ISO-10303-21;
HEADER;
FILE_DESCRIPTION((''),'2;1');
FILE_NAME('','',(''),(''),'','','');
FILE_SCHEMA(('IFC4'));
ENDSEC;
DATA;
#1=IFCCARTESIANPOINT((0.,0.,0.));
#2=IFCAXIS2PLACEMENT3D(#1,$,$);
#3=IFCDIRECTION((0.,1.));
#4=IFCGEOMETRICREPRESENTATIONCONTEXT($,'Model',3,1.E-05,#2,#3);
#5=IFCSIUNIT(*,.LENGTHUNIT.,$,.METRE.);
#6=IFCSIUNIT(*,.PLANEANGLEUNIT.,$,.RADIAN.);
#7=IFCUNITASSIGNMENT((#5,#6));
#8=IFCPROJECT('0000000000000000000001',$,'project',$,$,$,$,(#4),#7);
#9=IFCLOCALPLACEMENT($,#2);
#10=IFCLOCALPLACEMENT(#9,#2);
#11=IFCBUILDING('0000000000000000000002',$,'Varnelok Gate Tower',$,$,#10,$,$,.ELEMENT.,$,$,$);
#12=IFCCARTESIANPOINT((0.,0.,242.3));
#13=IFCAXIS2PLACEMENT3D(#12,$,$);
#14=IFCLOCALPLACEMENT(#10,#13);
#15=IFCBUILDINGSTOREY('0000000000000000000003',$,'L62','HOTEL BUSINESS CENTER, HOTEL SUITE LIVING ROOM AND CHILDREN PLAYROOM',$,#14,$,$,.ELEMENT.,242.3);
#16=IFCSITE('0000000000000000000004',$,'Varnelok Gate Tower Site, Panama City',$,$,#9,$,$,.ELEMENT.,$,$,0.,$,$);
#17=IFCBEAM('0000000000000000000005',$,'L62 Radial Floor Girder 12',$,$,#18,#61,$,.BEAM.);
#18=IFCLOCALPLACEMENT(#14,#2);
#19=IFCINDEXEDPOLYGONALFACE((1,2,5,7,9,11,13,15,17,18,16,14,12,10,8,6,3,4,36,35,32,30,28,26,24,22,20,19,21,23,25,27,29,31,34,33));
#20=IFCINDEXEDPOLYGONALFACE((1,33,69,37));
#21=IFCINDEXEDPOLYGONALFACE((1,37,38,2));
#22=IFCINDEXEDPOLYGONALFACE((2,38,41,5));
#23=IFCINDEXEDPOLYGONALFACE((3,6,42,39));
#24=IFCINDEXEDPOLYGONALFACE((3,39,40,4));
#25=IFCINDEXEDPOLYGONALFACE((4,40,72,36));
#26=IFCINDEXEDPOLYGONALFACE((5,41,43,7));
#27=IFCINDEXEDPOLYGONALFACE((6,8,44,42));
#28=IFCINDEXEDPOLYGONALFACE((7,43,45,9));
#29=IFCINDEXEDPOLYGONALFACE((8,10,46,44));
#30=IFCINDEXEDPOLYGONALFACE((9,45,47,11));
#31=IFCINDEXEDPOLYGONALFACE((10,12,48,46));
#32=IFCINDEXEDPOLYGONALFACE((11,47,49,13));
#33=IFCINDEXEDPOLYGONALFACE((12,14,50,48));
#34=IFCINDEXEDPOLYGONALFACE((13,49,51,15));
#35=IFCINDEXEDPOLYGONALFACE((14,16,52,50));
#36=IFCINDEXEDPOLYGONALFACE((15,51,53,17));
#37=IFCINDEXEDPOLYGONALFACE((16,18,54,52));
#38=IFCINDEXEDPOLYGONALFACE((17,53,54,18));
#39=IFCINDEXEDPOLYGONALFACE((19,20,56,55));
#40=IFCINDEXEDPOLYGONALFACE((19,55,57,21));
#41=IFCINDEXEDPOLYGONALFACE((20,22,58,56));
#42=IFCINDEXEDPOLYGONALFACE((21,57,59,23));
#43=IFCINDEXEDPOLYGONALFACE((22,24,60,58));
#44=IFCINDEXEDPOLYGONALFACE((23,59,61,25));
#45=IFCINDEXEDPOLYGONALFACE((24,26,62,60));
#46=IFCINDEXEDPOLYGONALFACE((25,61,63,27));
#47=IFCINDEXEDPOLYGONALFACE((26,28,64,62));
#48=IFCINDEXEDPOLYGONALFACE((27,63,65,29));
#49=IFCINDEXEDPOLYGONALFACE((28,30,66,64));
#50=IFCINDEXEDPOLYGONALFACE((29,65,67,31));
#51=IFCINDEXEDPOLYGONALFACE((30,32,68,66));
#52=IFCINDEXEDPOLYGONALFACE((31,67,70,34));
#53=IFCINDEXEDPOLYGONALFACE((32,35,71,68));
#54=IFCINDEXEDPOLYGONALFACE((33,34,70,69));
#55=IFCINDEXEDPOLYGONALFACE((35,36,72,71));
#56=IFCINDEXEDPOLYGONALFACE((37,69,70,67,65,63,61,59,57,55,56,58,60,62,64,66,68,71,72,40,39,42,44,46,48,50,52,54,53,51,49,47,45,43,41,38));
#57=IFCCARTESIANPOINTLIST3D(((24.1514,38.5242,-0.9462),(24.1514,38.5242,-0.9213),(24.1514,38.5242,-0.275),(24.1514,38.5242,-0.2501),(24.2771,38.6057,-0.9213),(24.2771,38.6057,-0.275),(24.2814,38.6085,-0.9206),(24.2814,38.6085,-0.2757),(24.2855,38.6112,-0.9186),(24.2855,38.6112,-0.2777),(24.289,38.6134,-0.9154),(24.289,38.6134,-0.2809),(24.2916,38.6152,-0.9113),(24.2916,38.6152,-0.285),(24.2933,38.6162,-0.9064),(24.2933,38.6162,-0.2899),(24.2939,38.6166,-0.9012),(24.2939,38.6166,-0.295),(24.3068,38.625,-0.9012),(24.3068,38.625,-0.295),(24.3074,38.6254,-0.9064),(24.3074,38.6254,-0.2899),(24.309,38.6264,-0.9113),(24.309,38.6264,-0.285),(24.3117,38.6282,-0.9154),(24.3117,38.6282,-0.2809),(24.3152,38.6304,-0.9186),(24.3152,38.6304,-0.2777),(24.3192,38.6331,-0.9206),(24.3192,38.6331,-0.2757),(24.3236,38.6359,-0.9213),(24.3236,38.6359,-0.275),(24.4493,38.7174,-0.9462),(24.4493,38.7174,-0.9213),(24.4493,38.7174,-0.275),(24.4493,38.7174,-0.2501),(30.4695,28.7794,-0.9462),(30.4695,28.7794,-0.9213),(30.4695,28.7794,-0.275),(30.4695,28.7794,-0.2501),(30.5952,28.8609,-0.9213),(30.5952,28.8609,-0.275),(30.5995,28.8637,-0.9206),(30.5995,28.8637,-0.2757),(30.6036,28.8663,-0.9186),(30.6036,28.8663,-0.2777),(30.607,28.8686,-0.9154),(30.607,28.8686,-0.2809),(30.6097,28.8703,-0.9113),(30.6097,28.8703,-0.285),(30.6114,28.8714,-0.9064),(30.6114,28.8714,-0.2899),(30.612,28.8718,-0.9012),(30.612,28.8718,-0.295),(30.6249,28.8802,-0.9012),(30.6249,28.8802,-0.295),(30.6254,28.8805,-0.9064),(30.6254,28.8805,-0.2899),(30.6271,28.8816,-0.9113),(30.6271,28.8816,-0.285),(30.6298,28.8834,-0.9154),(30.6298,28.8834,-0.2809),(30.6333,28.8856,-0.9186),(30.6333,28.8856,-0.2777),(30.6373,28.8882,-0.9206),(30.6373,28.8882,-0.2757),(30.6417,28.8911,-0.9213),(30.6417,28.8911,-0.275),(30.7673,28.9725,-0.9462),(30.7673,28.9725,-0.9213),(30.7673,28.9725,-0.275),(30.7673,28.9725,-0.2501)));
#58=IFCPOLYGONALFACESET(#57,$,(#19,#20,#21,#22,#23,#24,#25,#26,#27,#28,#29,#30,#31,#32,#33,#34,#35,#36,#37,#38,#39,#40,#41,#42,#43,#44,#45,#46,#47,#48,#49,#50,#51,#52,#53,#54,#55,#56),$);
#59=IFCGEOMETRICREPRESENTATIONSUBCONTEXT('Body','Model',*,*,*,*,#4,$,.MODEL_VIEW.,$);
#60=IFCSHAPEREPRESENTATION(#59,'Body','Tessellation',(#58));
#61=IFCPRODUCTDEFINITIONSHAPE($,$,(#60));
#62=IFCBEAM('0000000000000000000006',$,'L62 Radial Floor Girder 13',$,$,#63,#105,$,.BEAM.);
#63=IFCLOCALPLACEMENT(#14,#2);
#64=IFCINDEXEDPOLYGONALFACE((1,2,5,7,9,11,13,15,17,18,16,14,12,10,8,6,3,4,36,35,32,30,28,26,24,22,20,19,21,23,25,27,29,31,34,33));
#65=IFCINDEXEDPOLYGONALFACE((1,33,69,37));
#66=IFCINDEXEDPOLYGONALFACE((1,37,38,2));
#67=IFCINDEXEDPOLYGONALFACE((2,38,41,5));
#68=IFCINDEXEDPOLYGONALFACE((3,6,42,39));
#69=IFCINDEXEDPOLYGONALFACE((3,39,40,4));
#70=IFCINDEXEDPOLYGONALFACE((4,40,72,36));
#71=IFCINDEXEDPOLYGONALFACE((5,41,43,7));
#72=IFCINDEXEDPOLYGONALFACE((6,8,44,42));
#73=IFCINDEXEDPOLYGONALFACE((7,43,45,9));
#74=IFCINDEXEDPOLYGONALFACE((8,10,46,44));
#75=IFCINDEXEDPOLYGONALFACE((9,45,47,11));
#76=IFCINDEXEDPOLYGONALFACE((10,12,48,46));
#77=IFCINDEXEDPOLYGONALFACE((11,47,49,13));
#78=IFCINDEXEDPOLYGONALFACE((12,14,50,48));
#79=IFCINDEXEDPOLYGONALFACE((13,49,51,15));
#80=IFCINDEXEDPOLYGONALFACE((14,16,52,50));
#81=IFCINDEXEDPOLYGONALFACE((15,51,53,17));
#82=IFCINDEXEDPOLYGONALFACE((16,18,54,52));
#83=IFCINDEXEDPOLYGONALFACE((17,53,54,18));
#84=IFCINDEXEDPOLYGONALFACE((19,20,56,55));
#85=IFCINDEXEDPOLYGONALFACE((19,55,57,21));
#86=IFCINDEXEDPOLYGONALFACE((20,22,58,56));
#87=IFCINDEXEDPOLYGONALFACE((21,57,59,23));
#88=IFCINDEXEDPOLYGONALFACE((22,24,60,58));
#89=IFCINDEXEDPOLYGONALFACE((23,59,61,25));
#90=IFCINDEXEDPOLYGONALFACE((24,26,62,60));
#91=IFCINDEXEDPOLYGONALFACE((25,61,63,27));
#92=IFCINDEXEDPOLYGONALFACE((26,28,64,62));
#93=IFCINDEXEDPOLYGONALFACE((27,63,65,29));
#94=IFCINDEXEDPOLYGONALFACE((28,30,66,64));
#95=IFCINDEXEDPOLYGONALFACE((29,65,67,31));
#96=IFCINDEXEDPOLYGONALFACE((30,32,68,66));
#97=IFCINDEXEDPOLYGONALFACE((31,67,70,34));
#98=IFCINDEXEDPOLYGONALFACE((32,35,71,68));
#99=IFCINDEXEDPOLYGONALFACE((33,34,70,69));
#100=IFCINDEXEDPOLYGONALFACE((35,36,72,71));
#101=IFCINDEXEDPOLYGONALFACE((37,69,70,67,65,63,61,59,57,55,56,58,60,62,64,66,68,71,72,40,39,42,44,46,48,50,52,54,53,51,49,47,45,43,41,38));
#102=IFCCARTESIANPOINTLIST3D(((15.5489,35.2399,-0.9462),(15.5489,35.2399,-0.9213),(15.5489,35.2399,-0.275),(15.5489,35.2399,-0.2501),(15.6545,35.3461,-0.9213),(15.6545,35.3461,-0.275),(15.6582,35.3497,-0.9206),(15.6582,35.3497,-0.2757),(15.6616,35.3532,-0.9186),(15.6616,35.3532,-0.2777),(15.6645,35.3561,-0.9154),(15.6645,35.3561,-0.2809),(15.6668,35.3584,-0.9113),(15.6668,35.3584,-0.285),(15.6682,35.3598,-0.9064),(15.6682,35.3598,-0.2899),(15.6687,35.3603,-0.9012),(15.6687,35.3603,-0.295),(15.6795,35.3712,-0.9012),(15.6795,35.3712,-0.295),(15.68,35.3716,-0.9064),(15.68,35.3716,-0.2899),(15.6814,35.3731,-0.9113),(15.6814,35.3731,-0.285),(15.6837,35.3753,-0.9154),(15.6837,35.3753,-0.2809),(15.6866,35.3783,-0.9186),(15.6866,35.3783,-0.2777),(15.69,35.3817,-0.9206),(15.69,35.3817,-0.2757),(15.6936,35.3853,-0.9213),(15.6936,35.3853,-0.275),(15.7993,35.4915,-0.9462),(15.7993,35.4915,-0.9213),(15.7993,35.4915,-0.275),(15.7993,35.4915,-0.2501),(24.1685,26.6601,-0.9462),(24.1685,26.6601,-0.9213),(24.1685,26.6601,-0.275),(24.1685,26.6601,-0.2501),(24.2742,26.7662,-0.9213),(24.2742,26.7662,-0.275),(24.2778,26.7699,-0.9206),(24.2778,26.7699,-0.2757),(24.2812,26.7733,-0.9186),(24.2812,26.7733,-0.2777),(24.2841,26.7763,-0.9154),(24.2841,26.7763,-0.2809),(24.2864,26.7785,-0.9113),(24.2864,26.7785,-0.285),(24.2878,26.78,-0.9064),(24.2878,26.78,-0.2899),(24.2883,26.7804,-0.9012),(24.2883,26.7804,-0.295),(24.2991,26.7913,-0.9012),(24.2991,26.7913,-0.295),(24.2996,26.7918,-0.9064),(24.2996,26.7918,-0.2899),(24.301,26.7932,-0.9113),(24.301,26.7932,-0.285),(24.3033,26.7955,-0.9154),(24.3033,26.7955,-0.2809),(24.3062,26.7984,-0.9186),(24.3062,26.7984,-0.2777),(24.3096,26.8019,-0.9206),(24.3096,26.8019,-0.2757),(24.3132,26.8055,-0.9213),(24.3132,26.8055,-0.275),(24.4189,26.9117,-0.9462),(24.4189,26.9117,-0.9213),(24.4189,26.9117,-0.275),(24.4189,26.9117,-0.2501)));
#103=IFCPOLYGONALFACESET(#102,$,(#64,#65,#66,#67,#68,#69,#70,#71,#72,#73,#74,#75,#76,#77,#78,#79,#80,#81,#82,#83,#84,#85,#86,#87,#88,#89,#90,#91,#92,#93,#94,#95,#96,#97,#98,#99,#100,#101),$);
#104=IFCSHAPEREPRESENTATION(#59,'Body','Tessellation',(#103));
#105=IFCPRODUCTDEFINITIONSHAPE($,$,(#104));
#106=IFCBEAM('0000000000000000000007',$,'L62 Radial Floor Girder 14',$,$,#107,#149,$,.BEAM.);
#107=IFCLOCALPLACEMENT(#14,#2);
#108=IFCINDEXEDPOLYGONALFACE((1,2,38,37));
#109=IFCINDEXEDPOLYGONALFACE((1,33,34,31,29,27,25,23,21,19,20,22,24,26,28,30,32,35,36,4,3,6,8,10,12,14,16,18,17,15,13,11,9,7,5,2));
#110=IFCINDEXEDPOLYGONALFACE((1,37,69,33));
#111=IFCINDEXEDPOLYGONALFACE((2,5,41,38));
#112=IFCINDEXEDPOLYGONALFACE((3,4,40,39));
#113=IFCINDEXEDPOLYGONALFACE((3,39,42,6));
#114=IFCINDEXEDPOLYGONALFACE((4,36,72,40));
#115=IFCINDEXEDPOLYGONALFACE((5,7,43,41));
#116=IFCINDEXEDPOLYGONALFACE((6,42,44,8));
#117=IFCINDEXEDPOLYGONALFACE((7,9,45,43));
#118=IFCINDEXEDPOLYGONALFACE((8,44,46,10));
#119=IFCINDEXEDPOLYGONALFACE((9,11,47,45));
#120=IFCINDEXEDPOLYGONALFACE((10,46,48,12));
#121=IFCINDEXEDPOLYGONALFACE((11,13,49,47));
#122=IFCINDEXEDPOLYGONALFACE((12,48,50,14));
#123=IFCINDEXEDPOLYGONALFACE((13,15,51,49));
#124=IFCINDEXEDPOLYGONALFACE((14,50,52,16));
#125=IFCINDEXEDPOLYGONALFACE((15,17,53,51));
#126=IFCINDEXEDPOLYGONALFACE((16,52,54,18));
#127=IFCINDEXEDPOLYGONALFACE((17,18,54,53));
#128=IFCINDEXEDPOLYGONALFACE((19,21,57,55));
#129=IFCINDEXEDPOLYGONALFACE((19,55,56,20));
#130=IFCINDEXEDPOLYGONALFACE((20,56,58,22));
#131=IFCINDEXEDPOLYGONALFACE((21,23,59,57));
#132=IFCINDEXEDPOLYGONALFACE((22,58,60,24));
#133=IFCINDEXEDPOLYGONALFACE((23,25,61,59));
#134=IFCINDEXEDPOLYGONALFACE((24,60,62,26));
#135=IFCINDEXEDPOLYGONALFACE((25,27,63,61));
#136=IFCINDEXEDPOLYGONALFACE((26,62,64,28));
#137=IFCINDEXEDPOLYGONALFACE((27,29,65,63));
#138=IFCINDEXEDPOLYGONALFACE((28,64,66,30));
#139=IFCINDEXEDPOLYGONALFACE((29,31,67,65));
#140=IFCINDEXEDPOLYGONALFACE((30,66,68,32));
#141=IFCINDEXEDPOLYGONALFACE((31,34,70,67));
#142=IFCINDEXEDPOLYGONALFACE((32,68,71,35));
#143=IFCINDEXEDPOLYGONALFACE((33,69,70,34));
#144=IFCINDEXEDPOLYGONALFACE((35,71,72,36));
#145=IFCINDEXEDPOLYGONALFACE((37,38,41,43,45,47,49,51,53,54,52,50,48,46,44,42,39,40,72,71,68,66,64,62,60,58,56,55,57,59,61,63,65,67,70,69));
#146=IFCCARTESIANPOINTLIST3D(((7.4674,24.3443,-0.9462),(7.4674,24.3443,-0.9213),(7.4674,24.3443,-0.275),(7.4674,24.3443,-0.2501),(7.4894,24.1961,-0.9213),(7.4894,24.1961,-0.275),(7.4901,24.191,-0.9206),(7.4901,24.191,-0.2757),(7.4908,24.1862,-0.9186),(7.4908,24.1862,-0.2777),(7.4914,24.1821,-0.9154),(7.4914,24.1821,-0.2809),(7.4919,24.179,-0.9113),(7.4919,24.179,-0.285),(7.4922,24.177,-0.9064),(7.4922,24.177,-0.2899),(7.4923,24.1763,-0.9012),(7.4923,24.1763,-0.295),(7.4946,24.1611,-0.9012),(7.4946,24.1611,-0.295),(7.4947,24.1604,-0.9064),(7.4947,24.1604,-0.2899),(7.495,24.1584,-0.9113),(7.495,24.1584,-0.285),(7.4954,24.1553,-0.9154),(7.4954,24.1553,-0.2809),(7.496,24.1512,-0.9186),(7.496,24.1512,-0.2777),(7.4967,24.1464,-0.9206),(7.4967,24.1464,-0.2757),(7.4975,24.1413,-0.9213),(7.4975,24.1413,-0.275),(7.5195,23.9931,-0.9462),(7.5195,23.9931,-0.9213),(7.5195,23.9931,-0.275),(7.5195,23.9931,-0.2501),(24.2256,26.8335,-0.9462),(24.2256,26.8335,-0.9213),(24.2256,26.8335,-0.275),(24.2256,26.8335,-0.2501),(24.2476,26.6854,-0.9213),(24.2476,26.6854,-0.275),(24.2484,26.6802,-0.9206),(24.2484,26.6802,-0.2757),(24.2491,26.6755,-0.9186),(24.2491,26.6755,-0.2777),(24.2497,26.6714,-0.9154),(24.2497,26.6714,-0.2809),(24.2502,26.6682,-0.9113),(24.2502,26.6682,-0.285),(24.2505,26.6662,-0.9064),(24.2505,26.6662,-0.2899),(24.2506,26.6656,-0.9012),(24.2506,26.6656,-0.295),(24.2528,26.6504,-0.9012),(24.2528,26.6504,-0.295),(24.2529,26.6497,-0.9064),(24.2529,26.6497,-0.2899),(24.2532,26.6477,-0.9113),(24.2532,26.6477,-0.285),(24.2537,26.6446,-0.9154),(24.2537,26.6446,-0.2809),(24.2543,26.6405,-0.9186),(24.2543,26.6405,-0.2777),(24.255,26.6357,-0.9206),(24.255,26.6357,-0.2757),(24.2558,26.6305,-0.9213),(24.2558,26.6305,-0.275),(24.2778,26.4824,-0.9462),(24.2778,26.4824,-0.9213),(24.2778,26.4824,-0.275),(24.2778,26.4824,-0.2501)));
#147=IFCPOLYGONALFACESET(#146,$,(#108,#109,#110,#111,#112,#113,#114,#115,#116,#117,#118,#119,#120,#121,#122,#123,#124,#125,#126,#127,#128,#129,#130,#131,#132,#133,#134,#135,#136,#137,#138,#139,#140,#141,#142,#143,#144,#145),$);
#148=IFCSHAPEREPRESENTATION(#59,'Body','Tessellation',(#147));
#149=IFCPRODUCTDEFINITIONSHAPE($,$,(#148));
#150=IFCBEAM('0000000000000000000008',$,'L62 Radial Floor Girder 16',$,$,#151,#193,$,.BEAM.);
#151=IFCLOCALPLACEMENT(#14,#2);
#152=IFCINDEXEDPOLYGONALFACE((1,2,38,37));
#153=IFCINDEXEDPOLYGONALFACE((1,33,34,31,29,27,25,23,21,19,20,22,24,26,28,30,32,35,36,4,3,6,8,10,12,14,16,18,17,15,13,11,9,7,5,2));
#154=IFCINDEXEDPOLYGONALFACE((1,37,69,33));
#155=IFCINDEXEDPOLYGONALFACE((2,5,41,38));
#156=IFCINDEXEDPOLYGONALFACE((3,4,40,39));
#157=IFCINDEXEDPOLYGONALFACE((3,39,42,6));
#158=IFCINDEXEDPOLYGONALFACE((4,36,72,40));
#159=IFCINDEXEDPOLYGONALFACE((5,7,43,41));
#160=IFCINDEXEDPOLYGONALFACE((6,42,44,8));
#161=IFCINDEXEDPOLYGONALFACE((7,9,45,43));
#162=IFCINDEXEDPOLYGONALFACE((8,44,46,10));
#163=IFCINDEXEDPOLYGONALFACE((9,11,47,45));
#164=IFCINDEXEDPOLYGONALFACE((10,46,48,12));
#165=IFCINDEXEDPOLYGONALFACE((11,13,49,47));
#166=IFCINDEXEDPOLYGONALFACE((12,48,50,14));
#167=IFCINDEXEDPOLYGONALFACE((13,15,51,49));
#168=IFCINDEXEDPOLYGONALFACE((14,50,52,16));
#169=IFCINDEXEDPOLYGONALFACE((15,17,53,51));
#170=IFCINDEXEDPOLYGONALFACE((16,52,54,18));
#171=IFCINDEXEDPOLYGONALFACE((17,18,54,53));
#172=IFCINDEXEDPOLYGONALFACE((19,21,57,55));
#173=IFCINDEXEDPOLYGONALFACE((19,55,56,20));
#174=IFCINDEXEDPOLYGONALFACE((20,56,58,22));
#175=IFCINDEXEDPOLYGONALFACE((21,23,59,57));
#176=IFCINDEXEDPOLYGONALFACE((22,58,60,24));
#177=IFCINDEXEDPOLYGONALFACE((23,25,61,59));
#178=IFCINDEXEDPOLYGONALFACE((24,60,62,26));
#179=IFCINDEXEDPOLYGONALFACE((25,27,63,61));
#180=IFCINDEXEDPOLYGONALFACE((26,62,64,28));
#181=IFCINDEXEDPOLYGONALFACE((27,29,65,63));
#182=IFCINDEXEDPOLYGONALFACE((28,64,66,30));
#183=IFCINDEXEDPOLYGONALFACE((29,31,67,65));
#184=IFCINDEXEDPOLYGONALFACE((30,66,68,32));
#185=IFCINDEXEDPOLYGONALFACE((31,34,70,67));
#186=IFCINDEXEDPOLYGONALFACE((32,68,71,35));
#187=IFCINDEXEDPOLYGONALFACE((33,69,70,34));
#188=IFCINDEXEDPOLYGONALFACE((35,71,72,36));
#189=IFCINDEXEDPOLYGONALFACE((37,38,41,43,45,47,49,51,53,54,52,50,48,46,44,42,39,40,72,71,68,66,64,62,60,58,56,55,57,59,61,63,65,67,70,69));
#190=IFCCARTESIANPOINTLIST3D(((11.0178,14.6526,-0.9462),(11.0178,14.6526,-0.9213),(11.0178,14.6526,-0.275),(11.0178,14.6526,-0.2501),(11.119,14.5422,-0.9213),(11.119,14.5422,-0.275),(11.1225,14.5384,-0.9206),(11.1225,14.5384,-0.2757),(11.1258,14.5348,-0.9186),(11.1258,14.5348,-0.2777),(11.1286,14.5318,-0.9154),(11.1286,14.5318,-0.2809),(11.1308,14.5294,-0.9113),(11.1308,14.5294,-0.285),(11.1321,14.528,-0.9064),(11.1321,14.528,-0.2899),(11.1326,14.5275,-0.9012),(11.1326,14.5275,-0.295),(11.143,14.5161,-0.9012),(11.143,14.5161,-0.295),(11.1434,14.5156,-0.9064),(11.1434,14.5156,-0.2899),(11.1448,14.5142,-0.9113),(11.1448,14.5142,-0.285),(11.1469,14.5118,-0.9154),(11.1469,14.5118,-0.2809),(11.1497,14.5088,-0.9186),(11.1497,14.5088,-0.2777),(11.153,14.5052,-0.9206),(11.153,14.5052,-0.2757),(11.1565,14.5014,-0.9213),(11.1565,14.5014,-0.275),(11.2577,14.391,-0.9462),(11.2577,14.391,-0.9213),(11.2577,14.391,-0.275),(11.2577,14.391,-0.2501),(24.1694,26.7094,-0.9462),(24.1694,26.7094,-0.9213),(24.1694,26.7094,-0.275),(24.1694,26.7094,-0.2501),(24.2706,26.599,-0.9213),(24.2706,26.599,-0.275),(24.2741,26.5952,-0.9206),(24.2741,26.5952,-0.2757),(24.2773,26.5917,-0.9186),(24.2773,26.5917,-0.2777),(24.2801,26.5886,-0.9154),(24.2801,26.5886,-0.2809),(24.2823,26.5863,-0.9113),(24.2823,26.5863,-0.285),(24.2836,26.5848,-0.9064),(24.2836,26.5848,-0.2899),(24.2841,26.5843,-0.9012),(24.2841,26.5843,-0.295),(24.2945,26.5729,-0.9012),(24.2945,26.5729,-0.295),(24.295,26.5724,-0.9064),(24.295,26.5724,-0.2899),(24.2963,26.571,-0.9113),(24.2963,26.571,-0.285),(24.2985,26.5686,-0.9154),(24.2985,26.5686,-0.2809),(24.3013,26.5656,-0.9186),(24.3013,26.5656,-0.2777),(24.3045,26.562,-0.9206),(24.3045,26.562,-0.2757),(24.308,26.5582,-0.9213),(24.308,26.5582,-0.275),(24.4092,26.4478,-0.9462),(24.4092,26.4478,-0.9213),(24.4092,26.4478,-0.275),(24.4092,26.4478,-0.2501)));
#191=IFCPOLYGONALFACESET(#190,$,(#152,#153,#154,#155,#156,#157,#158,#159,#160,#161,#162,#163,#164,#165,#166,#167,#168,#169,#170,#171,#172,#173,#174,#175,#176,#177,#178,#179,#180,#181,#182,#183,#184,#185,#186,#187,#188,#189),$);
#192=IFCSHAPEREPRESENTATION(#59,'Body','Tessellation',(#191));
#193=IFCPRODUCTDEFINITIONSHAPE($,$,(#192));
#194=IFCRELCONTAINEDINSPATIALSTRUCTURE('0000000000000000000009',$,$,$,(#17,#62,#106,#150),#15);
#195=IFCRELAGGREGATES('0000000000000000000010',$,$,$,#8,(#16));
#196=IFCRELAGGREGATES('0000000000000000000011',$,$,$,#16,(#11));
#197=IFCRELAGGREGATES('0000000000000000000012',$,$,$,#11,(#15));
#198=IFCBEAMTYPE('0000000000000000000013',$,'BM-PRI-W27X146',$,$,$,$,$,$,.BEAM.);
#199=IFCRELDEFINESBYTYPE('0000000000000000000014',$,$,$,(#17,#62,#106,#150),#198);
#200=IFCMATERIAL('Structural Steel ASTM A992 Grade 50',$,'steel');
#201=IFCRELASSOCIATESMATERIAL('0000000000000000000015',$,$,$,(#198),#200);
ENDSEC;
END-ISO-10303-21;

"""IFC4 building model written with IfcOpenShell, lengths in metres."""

from ifc_helpers import new_model, si_unit, direction, frame, origin, origin_2d, place, context, subcontext, project, spatial, i_section, extrude, material, material_profile, profile_set, type_object, element, save


model = new_model("IFC4")

# Units and contexts
model_context = context("Model", 3, precision=1e-05, world=origin(), true_north=direction((0.0, 1.0)))
body_context = subcontext(model_context, "Body", "Model", "MODEL_VIEW")
ifc_project = project(units=[si_unit("LENGTHUNIT", "METRE"), si_unit("PLANEANGLEUNIT", "RADIAN")], contexts=[model_context])

# Site, building, storey
site_placement = place(None, origin())
site = spatial("IfcSite", under=ifc_project, at=site_placement, Name="Varnelok Gate Tower Site, Panama City", CompositionType="ELEMENT", RefElevation=0.0)
building_placement = place(site_placement, origin())
building = spatial("IfcBuilding", under=site, at=building_placement, Name="Varnelok Gate Tower", CompositionType="ELEMENT")
storey_placement = place(building_placement, frame((0.0, 0.0, 242.3)))
storey = spatial("IfcBuildingStorey", under=building, at=storey_placement, Name="L62", Description="HOTEL BUSINESS CENTER, HOTEL SUITE LIVING ROOM AND CHILDREN PLAYROOM", CompositionType="ELEMENT", Elevation=242.3)

# Shared definitions
ifc_material_1 = material(Name="Structural Steel ASTM A992 Grade 50", Category="steel")

# Beams
ifc_material_profile_1 = material_profile(ifc_material_1, i_section(OverallWidth=0.355, OverallDepth=0.696, WebThickness=0.0154, FlangeThickness=0.0249, FilletRadius=0.02, at=origin_2d()), Name="W27X146")
ifc_profile_set_1 = profile_set([ifc_material_profile_1], Name="Structural Steel ASTM A992 Grade 50")
beam_type_1 = type_object("IfcBeamType", Name="BM-PRI-W27X146", PredefinedType="BEAM", material=ifc_profile_set_1)
beam_1_placement = place(storey_placement, frame((30.6184, 28.876, -0.5981), z_axis=(-0.544016, 0.839075, 0.0), x_axis=(-0.839075, -0.544016, 0.0)))
element("IfcBeam", 1, at=beam_1_placement, inside=storey, type_object=beam_type_1, Name="L62 Radial Floor Girder 12", PredefinedType="BEAM", context=body_context, shape_type="SweptSolid", body=[
    extrude(i_section(OverallWidth=0.355, OverallDepth=0.696, WebThickness=0.0154, FlangeThickness=0.0249, FilletRadius=0.02, at=origin_2d()), origin(), (0.0, 0.0, 1.0), 11.6138),
])
beam_2_placement = place(storey_placement, frame((24.2937, 26.7859, -0.5981), z_axis=(-0.708741, 0.705469, 0.0), x_axis=(-0.705469, -0.708741, 0.0)))
element("IfcBeam", 2, at=beam_2_placement, inside=storey, type_object=beam_type_1, Name="L62 Radial Floor Girder 13", PredefinedType="BEAM", context=body_context, shape_type="SweptSolid", body=[
    extrude(i_section(OverallWidth=0.355, OverallDepth=0.696, WebThickness=0.0154, FlangeThickness=0.0249, FilletRadius=0.02, at=origin_2d()), origin(), (0.0, 0.0, 1.0), 12.1619),
])
beam_3_placement = place(storey_placement, frame((24.2517, 26.658, -0.5981), z_axis=(-0.989147, -0.146927, 0.0), x_axis=(0.146927, -0.989147, 0.0)))
element("IfcBeam", 3, at=beam_3_placement, inside=storey, type_object=beam_type_1, Name="L62 Radial Floor Girder 14", PredefinedType="BEAM", context=body_context, shape_type="SweptSolid", body=[
    extrude(i_section(OverallWidth=0.355, OverallDepth=0.696, WebThickness=0.0154, FlangeThickness=0.0249, FilletRadius=0.02, at=origin_2d()), origin(), (0.0, 0.0, 1.0), 16.9421),
])
beam_4_placement = place(storey_placement, frame((24.2893, 26.5786, -0.5981), z_axis=(-0.737119, -0.675762, 0.0), x_axis=(0.675762, -0.737119, 0.0)))
element("IfcBeam", 4, at=beam_4_placement, inside=storey, type_object=beam_type_1, Name="L62 Radial Floor Girder 16", PredefinedType="BEAM", context=body_context, shape_type="SweptSolid", body=[
    extrude(i_section(OverallWidth=0.355, OverallDepth=0.696, WebThickness=0.0154, FlangeThickness=0.0249, FilletRadius=0.02, at=origin_2d()), origin(), (0.0, 0.0, 1.0), 17.8418),
])

save(model, "model.ifc")
